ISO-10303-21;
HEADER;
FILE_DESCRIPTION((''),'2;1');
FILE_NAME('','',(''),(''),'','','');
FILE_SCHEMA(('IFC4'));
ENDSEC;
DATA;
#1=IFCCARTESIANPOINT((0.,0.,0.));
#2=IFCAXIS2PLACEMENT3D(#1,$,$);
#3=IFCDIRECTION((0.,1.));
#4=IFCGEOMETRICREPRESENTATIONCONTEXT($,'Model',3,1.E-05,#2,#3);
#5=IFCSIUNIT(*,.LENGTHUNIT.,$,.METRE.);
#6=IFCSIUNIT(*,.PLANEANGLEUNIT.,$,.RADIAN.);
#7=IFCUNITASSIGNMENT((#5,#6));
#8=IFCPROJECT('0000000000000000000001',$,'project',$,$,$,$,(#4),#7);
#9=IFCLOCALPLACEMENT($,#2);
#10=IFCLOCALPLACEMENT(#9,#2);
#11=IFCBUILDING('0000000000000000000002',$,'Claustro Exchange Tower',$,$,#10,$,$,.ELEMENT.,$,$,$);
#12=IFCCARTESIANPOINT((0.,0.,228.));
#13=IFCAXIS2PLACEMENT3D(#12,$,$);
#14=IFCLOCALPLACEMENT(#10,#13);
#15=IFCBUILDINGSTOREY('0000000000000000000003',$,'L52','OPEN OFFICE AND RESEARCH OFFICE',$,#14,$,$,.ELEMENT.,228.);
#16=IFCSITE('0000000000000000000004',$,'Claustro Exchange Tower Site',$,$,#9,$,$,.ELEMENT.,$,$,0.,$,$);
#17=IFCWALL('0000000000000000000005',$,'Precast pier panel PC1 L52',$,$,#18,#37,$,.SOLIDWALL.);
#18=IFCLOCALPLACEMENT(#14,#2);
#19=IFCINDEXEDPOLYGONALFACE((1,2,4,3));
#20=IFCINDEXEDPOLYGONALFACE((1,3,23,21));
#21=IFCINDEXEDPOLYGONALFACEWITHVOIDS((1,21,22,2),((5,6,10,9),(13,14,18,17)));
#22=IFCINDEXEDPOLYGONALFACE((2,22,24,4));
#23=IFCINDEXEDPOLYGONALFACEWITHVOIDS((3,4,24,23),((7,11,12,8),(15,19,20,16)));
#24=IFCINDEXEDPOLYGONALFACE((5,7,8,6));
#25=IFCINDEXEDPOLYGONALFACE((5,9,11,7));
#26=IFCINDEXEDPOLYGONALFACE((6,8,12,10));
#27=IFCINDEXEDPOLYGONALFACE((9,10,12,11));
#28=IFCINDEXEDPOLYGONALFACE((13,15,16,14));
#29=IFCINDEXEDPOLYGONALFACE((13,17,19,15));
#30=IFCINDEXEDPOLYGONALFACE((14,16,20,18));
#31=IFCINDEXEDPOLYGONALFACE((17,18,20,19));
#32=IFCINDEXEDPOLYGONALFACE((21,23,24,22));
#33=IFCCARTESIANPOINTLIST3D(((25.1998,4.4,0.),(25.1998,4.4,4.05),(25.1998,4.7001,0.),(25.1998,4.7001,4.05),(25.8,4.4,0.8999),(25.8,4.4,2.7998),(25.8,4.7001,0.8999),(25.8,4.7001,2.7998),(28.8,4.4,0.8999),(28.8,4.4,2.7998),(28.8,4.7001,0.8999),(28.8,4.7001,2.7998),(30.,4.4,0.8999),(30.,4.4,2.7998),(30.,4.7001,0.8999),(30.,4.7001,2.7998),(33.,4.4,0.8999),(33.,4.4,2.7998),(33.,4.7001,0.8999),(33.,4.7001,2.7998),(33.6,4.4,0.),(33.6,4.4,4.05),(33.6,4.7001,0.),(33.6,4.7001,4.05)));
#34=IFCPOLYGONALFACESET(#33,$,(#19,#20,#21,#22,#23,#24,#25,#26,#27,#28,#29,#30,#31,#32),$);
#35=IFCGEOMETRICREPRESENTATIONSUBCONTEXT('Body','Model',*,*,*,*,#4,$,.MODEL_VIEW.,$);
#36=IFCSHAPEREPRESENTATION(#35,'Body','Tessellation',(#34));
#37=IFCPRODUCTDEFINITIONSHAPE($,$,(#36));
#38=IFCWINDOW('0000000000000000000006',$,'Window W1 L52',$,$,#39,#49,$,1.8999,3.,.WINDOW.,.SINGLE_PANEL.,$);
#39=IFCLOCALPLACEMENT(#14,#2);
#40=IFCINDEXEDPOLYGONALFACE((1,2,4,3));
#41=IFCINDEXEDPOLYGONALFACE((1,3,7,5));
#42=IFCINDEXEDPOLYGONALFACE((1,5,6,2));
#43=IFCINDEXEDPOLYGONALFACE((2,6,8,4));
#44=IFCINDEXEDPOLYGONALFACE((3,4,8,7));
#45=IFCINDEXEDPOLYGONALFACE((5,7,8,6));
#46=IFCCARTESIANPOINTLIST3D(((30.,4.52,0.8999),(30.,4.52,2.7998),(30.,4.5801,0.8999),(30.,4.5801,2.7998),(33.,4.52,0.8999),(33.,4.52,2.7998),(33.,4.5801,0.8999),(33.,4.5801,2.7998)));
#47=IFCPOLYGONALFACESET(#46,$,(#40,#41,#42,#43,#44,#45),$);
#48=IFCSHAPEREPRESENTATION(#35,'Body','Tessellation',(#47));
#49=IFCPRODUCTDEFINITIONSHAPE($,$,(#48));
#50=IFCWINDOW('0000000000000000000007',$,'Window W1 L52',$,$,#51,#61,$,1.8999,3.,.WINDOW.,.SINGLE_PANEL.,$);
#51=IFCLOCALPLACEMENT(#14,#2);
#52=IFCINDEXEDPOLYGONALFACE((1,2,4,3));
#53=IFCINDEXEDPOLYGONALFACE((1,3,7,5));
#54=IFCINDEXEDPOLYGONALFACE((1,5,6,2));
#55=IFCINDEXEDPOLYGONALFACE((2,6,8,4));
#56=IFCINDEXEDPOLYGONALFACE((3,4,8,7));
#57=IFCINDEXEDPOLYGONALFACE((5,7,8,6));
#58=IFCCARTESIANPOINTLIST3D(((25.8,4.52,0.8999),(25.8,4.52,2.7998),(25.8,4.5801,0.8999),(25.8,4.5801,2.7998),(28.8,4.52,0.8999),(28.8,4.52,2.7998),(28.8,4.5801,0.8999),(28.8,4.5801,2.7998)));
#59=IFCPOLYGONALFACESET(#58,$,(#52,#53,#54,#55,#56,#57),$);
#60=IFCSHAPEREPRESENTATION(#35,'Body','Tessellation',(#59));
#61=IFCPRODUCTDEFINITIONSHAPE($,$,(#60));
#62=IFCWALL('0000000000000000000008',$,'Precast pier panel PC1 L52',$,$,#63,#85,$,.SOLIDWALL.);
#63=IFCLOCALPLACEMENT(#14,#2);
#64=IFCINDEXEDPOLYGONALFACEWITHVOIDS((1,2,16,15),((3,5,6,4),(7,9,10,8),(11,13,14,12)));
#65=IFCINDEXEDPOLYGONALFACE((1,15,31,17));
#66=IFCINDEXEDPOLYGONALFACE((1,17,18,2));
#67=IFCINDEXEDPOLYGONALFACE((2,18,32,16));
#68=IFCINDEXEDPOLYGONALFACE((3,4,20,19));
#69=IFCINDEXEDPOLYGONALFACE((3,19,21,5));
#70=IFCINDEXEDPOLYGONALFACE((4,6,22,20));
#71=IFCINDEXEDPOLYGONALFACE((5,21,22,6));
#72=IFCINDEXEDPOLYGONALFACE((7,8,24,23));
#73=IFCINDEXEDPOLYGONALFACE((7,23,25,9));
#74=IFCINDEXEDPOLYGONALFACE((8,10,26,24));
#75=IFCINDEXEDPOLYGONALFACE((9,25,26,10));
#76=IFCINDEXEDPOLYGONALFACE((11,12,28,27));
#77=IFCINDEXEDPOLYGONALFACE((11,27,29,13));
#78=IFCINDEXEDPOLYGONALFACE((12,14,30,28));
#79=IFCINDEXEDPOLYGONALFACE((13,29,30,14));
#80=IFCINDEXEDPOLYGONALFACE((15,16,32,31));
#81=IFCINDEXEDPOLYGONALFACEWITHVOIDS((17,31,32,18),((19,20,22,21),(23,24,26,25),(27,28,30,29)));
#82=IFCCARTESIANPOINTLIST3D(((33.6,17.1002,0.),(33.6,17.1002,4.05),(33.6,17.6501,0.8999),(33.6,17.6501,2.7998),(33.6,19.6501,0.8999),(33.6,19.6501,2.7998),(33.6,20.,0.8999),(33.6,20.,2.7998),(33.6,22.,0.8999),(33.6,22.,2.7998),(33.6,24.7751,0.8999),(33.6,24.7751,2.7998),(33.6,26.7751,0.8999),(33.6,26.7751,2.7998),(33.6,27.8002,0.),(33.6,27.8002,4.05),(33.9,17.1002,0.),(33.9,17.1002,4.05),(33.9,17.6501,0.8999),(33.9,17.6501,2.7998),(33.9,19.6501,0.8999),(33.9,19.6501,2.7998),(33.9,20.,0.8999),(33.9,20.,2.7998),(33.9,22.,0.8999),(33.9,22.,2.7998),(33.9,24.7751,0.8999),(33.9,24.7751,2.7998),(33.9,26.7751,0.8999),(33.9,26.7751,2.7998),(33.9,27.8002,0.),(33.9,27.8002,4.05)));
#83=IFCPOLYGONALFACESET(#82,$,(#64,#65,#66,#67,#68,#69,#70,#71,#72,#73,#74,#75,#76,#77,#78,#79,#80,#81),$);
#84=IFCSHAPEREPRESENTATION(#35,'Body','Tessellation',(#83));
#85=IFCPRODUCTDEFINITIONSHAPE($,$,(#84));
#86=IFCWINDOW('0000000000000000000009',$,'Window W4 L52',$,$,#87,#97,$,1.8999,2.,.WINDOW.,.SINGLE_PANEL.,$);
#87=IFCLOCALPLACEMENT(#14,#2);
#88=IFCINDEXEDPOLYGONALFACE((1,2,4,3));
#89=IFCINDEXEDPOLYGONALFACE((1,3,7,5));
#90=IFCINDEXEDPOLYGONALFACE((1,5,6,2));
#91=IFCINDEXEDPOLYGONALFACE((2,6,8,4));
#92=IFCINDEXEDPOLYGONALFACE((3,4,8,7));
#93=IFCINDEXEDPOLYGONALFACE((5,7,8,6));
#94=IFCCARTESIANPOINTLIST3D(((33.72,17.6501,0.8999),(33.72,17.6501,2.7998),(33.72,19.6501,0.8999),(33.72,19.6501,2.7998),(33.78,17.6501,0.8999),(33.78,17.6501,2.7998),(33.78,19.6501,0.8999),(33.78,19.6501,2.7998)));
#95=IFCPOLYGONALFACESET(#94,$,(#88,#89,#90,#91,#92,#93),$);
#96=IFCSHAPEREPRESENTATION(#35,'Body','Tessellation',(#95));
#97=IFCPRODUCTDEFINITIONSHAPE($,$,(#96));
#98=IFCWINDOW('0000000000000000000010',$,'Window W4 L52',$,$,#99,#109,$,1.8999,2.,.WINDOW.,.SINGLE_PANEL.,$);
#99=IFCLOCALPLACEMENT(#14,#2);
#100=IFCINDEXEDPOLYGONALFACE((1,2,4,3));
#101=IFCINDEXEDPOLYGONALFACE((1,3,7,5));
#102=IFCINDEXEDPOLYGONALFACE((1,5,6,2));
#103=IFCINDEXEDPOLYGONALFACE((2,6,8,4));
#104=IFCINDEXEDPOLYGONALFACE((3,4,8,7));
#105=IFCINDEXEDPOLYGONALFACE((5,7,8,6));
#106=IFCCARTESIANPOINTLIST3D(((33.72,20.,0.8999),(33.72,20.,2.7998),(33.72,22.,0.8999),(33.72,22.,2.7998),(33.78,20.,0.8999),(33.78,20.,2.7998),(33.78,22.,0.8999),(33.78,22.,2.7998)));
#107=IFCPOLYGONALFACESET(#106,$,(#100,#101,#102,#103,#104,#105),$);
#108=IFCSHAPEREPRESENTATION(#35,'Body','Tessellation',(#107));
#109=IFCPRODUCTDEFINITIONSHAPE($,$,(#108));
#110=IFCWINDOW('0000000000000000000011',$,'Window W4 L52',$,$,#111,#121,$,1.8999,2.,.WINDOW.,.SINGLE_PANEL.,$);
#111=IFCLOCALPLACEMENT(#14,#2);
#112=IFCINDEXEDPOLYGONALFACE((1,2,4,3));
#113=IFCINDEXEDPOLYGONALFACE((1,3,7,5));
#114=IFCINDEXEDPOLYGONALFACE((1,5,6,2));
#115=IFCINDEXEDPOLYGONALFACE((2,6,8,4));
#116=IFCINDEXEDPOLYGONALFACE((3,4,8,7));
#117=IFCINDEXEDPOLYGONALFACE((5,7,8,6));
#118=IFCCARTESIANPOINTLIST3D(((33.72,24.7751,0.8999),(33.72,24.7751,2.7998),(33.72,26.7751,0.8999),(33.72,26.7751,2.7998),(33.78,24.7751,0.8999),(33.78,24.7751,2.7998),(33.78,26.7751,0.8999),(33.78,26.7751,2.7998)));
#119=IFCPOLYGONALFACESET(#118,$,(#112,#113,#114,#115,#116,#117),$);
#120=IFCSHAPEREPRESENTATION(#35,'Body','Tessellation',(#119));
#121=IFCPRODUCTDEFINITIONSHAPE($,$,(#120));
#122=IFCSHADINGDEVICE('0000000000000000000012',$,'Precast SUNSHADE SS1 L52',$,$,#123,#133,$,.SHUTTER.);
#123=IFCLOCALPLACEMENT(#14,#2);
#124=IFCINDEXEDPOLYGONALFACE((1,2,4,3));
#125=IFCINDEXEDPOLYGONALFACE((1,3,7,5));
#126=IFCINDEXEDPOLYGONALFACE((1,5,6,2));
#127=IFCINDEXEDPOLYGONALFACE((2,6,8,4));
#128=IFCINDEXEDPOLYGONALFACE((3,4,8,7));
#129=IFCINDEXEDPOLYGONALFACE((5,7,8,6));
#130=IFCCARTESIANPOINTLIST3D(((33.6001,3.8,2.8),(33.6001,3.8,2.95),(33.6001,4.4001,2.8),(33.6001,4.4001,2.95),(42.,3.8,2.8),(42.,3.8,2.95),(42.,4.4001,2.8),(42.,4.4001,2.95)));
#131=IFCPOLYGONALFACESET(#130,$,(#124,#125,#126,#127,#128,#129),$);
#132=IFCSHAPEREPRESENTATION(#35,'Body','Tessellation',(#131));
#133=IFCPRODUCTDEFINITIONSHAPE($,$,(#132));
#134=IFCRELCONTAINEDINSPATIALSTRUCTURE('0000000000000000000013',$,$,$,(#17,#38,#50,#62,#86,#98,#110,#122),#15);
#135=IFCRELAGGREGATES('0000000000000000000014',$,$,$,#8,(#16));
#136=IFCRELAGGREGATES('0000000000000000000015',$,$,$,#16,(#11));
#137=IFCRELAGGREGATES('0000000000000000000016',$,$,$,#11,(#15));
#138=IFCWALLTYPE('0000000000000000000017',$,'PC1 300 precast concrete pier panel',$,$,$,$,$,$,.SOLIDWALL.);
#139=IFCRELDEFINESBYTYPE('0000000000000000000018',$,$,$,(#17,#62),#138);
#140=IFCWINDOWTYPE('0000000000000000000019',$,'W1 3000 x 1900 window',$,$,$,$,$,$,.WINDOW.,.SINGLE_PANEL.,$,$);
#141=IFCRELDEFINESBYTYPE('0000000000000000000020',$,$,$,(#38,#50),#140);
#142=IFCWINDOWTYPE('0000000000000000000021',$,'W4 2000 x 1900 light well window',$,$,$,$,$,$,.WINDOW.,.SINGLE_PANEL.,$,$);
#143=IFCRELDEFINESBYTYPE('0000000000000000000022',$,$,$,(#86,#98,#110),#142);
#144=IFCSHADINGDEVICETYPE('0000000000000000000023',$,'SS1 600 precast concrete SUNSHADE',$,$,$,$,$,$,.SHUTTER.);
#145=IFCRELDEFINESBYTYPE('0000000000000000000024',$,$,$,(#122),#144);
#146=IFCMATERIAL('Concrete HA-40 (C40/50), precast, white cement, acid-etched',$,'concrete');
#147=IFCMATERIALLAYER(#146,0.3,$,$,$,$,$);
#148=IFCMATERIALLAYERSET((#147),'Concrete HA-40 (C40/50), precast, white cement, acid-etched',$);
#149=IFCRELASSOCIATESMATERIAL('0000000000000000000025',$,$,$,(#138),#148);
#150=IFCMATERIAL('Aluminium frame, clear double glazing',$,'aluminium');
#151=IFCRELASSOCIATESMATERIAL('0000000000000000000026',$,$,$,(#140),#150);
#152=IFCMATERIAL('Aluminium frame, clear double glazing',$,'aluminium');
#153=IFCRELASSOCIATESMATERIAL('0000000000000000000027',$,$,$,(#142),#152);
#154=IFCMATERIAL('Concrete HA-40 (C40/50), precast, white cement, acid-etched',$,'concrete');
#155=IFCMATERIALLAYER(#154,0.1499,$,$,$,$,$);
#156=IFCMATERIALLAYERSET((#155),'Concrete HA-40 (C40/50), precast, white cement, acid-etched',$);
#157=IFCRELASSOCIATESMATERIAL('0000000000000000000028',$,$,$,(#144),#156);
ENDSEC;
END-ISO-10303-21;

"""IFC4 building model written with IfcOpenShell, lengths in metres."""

from ifc_helpers import new_model, si_unit, direction, frame, frame_2d, origin, origin_2d, place, context, subcontext, project, spatial, rectangle, extrude, material, layer, layer_set, type_object, element, fill, save


model = new_model("IFC4")

# Units and contexts
model_context = context("Model", 3, precision=1e-05, world=origin(), true_north=direction((0.0, 1.0)))
body_context = subcontext(model_context, "Body", "Model", "MODEL_VIEW")
ifc_project = project(units=[si_unit("LENGTHUNIT", "METRE"), si_unit("PLANEANGLEUNIT", "RADIAN")], contexts=[model_context])

# Site, building, storey
site_placement = place(None, origin())
site = spatial("IfcSite", under=ifc_project, at=site_placement, Name="Claustro Exchange Tower Site", CompositionType="ELEMENT", RefElevation=0.0)
building_placement = place(site_placement, origin())
building = spatial("IfcBuilding", under=site, at=building_placement, Name="Claustro Exchange Tower", CompositionType="ELEMENT")
storey_placement = place(building_placement, frame((0.0, 0.0, 228.0)))
storey = spatial("IfcBuildingStorey", under=building, at=storey_placement, Name="L52", Description="OPEN OFFICE AND RESEARCH OFFICE", CompositionType="ELEMENT", Elevation=228.0)

# Walls, openings, windows
ifc_material_1 = material(Name="Concrete HA-40 (C40/50), precast, white cement, acid-etched", Category="concrete")
ifc_layer_1 = layer(ifc_material_1, 0.3)
ifc_layer_set_1 = layer_set([ifc_layer_1], Name="Concrete HA-40 (C40/50), precast, white cement, acid-etched")
wall_type_1 = type_object("IfcWallType", Name="PC1 300 precast concrete pier panel", PredefinedType="SOLIDWALL", material=ifc_layer_set_1)
wall_1_placement = place(storey_placement, frame((33.6001, 4.55, 0.0), z_axis=(0.0, 0.0, 1.0), x_axis=(-1.0, 0.0, 0.0)))
wall_1 = element("IfcWall", 1, at=wall_1_placement, inside=storey, type_object=wall_type_1, Name="Precast pier panel PC1 L52", PredefinedType="SOLIDWALL", context=body_context, shape_type="SweptSolid", body=[
    extrude(rectangle(XDim=8.4001, YDim=0.3, at=frame_2d((4.2002, 0.0))), origin(), (0.0, 0.0, 1.0), 4.05),
])
opening_1_placement = place(wall_1_placement, frame((0.6001, 0.0, 0.8999)))
opening_1 = element("IfcOpeningElement", 2, at=opening_1_placement, cuts=wall_1, PredefinedType="OPENING", context=body_context, shape_type="SweptSolid", body=[
    extrude(rectangle(XDim=3.0, YDim=1.8999, at=frame_2d((1.5, 0.95))), frame((0.0, 0.1599, 0.0), z_axis=(0.0, -1.0, 0.0), x_axis=(1.0, 0.0, 0.0)), (0.0, 0.0, 1.0), 0.3201),
])
opening_2_placement = place(wall_1_placement, frame((4.8, 0.0, 0.8999)))
opening_2 = element("IfcOpeningElement", 3, at=opening_2_placement, cuts=wall_1, PredefinedType="OPENING", context=body_context, shape_type="SweptSolid", body=[
    extrude(rectangle(XDim=3.0, YDim=1.8999, at=frame_2d((1.5, 0.95))), frame((0.0, 0.1599, 0.0), z_axis=(0.0, -1.0, 0.0), x_axis=(1.0, 0.0, 0.0)), (0.0, 0.0, 1.0), 0.3201),
])
ifc_material_2 = material(Name="Aluminium frame, clear double glazing", Category="aluminium")
window_type_1 = type_object("IfcWindowType", Name="W1 3000 x 1900 window", PartitioningType="SINGLE_PANEL", PredefinedType="WINDOW", material=ifc_material_2)
window_1_placement = place(opening_1_placement, origin())
window_1 = element("IfcWindow", 4, at=window_1_placement, inside=storey, type_object=window_type_1, Name="Window W1 L52", OverallHeight=1.8999, OverallWidth=3.0, PartitioningType="SINGLE_PANEL", PredefinedType="WINDOW", context=body_context, shape_type="SweptSolid", body=[
    extrude(rectangle(XDim=3.0, YDim=1.8999, at=frame_2d((1.5, 0.95))), frame((0.0, 0.03, 0.0), z_axis=(0.0, -1.0, 0.0), x_axis=(1.0, 0.0, 0.0)), (0.0, 0.0, 1.0), 0.0601),
])
fill(opening_1, window_1)
window_2_placement = place(opening_2_placement, origin())
window_2 = element("IfcWindow", 5, at=window_2_placement, inside=storey, type_object=window_type_1, Name="Window W1 L52", OverallHeight=1.8999, OverallWidth=3.0, PartitioningType="SINGLE_PANEL", PredefinedType="WINDOW", context=body_context, shape_type="SweptSolid", body=[
    extrude(rectangle(XDim=3.0, YDim=1.8999, at=frame_2d((1.5, 0.95))), frame((0.0, 0.03, 0.0), z_axis=(0.0, -1.0, 0.0), x_axis=(1.0, 0.0, 0.0)), (0.0, 0.0, 1.0), 0.0601),
])
fill(opening_2, window_2)
wall_2_placement = place(storey_placement, frame((33.75, 17.1001, 0.0), z_axis=(0.0, 0.0, 1.0), x_axis=(0.0, 1.0, 0.0)))
wall_2 = element("IfcWall", 6, at=wall_2_placement, inside=storey, type_object=wall_type_1, Name="Precast pier panel PC1 L52", PredefinedType="SOLIDWALL", context=body_context, shape_type="SweptSolid", body=[
    extrude(rectangle(XDim=10.7, YDim=0.3, at=frame_2d((5.3501, 0.0))), origin(), (0.0, 0.0, 1.0), 4.05),
])
opening_3_placement = place(wall_2_placement, frame((0.55, 0.0, 0.8999)))
opening_3 = element("IfcOpeningElement", 7, at=opening_3_placement, cuts=wall_2, PredefinedType="OPENING", context=body_context, shape_type="SweptSolid", body=[
    extrude(rectangle(XDim=2.0, YDim=1.8999, at=frame_2d((1.0, 0.95))), frame((0.0, 0.1599, 0.0), z_axis=(0.0, -1.0, 0.0), x_axis=(1.0, 0.0, 0.0)), (0.0, 0.0, 1.0), 0.3201),
])
opening_4_placement = place(wall_2_placement, frame((2.8999, 0.0, 0.8999)))
opening_4 = element("IfcOpeningElement", 8, at=opening_4_placement, cuts=wall_2, PredefinedType="OPENING", context=body_context, shape_type="SweptSolid", body=[
    extrude(rectangle(XDim=2.0, YDim=1.8999, at=frame_2d((1.0, 0.95))), frame((0.0, 0.1599, 0.0), z_axis=(0.0, -1.0, 0.0), x_axis=(1.0, 0.0, 0.0)), (0.0, 0.0, 1.0), 0.3201),
])
opening_5_placement = place(wall_2_placement, frame((7.675, 0.0, 0.8999)))
opening_5 = element("IfcOpeningElement", 9, at=opening_5_placement, cuts=wall_2, PredefinedType="OPENING", context=body_context, shape_type="SweptSolid", body=[
    extrude(rectangle(XDim=2.0, YDim=1.8999, at=frame_2d((1.0, 0.95))), frame((0.0, 0.1599, 0.0), z_axis=(0.0, -1.0, 0.0), x_axis=(1.0, 0.0, 0.0)), (0.0, 0.0, 1.0), 0.3201),
])
ifc_material_3 = material(Name="Aluminium frame, clear double glazing", Category="aluminium")
window_type_2 = type_object("IfcWindowType", Name="W4 2000 x 1900 light well window", PartitioningType="SINGLE_PANEL", PredefinedType="WINDOW", material=ifc_material_3)
window_3_placement = place(opening_3_placement, origin())
window_3 = element("IfcWindow", 10, at=window_3_placement, inside=storey, type_object=window_type_2, Name="Window W4 L52", OverallHeight=1.8999, OverallWidth=2.0, PartitioningType="SINGLE_PANEL", PredefinedType="WINDOW", context=body_context, shape_type="SweptSolid", body=[
    extrude(rectangle(XDim=2.0, YDim=1.8999, at=frame_2d((1.0, 0.95))), frame((0.0, 0.03, 0.0), z_axis=(0.0, -1.0, 0.0), x_axis=(1.0, 0.0, 0.0)), (0.0, 0.0, 1.0), 0.0601),
])
fill(opening_3, window_3)
window_4_placement = place(opening_4_placement, origin())
window_4 = element("IfcWindow", 11, at=window_4_placement, inside=storey, type_object=window_type_2, Name="Window W4 L52", OverallHeight=1.8999, OverallWidth=2.0, PartitioningType="SINGLE_PANEL", PredefinedType="WINDOW", context=body_context, shape_type="SweptSolid", body=[
    extrude(rectangle(XDim=2.0, YDim=1.8999, at=frame_2d((1.0, 0.95))), frame((0.0, 0.03, 0.0), z_axis=(0.0, -1.0, 0.0), x_axis=(1.0, 0.0, 0.0)), (0.0, 0.0, 1.0), 0.0601),
])
fill(opening_4, window_4)
window_5_placement = place(opening_5_placement, origin())
window_5 = element("IfcWindow", 12, at=window_5_placement, inside=storey, type_object=window_type_2, Name="Window W4 L52", OverallHeight=1.8999, OverallWidth=2.0, PartitioningType="SINGLE_PANEL", PredefinedType="WINDOW", context=body_context, shape_type="SweptSolid", body=[
    extrude(rectangle(XDim=2.0, YDim=1.8999, at=frame_2d((1.0, 0.95))), frame((0.0, 0.03, 0.0), z_axis=(0.0, -1.0, 0.0), x_axis=(1.0, 0.0, 0.0)), (0.0, 0.0, 1.0), 0.0601),
])
fill(opening_5, window_5)

# Shading device
ifc_material_4 = material(Name="Concrete HA-40 (C40/50), precast, white cement, acid-etched", Category="concrete")
ifc_layer_2 = layer(ifc_material_4, 0.1499)
ifc_layer_set_2 = layer_set([ifc_layer_2], Name="Concrete HA-40 (C40/50), precast, white cement, acid-etched")
shading_device_type = type_object("IfcShadingDeviceType", Name="SS1 600 precast concrete SUNSHADE", PredefinedType="SHUTTER", material=ifc_layer_set_2)
shading_device_placement = place(storey_placement, frame((37.8, 4.1001, 2.8), z_axis=(0.0, 0.0, 1.0), x_axis=(-1.0, 0.0, 0.0)))
element("IfcShadingDevice", 13, at=shading_device_placement, inside=storey, type_object=shading_device_type, Name="Precast SUNSHADE SS1 L52", PredefinedType="SHUTTER", context=body_context, shape_type="SweptSolid", body=[
    extrude(rectangle(XDim=8.3999, YDim=0.6001, at=origin_2d()), origin(), (0.0, 0.0, 1.0), 0.1499),
])

save(model, "model.ifc")
